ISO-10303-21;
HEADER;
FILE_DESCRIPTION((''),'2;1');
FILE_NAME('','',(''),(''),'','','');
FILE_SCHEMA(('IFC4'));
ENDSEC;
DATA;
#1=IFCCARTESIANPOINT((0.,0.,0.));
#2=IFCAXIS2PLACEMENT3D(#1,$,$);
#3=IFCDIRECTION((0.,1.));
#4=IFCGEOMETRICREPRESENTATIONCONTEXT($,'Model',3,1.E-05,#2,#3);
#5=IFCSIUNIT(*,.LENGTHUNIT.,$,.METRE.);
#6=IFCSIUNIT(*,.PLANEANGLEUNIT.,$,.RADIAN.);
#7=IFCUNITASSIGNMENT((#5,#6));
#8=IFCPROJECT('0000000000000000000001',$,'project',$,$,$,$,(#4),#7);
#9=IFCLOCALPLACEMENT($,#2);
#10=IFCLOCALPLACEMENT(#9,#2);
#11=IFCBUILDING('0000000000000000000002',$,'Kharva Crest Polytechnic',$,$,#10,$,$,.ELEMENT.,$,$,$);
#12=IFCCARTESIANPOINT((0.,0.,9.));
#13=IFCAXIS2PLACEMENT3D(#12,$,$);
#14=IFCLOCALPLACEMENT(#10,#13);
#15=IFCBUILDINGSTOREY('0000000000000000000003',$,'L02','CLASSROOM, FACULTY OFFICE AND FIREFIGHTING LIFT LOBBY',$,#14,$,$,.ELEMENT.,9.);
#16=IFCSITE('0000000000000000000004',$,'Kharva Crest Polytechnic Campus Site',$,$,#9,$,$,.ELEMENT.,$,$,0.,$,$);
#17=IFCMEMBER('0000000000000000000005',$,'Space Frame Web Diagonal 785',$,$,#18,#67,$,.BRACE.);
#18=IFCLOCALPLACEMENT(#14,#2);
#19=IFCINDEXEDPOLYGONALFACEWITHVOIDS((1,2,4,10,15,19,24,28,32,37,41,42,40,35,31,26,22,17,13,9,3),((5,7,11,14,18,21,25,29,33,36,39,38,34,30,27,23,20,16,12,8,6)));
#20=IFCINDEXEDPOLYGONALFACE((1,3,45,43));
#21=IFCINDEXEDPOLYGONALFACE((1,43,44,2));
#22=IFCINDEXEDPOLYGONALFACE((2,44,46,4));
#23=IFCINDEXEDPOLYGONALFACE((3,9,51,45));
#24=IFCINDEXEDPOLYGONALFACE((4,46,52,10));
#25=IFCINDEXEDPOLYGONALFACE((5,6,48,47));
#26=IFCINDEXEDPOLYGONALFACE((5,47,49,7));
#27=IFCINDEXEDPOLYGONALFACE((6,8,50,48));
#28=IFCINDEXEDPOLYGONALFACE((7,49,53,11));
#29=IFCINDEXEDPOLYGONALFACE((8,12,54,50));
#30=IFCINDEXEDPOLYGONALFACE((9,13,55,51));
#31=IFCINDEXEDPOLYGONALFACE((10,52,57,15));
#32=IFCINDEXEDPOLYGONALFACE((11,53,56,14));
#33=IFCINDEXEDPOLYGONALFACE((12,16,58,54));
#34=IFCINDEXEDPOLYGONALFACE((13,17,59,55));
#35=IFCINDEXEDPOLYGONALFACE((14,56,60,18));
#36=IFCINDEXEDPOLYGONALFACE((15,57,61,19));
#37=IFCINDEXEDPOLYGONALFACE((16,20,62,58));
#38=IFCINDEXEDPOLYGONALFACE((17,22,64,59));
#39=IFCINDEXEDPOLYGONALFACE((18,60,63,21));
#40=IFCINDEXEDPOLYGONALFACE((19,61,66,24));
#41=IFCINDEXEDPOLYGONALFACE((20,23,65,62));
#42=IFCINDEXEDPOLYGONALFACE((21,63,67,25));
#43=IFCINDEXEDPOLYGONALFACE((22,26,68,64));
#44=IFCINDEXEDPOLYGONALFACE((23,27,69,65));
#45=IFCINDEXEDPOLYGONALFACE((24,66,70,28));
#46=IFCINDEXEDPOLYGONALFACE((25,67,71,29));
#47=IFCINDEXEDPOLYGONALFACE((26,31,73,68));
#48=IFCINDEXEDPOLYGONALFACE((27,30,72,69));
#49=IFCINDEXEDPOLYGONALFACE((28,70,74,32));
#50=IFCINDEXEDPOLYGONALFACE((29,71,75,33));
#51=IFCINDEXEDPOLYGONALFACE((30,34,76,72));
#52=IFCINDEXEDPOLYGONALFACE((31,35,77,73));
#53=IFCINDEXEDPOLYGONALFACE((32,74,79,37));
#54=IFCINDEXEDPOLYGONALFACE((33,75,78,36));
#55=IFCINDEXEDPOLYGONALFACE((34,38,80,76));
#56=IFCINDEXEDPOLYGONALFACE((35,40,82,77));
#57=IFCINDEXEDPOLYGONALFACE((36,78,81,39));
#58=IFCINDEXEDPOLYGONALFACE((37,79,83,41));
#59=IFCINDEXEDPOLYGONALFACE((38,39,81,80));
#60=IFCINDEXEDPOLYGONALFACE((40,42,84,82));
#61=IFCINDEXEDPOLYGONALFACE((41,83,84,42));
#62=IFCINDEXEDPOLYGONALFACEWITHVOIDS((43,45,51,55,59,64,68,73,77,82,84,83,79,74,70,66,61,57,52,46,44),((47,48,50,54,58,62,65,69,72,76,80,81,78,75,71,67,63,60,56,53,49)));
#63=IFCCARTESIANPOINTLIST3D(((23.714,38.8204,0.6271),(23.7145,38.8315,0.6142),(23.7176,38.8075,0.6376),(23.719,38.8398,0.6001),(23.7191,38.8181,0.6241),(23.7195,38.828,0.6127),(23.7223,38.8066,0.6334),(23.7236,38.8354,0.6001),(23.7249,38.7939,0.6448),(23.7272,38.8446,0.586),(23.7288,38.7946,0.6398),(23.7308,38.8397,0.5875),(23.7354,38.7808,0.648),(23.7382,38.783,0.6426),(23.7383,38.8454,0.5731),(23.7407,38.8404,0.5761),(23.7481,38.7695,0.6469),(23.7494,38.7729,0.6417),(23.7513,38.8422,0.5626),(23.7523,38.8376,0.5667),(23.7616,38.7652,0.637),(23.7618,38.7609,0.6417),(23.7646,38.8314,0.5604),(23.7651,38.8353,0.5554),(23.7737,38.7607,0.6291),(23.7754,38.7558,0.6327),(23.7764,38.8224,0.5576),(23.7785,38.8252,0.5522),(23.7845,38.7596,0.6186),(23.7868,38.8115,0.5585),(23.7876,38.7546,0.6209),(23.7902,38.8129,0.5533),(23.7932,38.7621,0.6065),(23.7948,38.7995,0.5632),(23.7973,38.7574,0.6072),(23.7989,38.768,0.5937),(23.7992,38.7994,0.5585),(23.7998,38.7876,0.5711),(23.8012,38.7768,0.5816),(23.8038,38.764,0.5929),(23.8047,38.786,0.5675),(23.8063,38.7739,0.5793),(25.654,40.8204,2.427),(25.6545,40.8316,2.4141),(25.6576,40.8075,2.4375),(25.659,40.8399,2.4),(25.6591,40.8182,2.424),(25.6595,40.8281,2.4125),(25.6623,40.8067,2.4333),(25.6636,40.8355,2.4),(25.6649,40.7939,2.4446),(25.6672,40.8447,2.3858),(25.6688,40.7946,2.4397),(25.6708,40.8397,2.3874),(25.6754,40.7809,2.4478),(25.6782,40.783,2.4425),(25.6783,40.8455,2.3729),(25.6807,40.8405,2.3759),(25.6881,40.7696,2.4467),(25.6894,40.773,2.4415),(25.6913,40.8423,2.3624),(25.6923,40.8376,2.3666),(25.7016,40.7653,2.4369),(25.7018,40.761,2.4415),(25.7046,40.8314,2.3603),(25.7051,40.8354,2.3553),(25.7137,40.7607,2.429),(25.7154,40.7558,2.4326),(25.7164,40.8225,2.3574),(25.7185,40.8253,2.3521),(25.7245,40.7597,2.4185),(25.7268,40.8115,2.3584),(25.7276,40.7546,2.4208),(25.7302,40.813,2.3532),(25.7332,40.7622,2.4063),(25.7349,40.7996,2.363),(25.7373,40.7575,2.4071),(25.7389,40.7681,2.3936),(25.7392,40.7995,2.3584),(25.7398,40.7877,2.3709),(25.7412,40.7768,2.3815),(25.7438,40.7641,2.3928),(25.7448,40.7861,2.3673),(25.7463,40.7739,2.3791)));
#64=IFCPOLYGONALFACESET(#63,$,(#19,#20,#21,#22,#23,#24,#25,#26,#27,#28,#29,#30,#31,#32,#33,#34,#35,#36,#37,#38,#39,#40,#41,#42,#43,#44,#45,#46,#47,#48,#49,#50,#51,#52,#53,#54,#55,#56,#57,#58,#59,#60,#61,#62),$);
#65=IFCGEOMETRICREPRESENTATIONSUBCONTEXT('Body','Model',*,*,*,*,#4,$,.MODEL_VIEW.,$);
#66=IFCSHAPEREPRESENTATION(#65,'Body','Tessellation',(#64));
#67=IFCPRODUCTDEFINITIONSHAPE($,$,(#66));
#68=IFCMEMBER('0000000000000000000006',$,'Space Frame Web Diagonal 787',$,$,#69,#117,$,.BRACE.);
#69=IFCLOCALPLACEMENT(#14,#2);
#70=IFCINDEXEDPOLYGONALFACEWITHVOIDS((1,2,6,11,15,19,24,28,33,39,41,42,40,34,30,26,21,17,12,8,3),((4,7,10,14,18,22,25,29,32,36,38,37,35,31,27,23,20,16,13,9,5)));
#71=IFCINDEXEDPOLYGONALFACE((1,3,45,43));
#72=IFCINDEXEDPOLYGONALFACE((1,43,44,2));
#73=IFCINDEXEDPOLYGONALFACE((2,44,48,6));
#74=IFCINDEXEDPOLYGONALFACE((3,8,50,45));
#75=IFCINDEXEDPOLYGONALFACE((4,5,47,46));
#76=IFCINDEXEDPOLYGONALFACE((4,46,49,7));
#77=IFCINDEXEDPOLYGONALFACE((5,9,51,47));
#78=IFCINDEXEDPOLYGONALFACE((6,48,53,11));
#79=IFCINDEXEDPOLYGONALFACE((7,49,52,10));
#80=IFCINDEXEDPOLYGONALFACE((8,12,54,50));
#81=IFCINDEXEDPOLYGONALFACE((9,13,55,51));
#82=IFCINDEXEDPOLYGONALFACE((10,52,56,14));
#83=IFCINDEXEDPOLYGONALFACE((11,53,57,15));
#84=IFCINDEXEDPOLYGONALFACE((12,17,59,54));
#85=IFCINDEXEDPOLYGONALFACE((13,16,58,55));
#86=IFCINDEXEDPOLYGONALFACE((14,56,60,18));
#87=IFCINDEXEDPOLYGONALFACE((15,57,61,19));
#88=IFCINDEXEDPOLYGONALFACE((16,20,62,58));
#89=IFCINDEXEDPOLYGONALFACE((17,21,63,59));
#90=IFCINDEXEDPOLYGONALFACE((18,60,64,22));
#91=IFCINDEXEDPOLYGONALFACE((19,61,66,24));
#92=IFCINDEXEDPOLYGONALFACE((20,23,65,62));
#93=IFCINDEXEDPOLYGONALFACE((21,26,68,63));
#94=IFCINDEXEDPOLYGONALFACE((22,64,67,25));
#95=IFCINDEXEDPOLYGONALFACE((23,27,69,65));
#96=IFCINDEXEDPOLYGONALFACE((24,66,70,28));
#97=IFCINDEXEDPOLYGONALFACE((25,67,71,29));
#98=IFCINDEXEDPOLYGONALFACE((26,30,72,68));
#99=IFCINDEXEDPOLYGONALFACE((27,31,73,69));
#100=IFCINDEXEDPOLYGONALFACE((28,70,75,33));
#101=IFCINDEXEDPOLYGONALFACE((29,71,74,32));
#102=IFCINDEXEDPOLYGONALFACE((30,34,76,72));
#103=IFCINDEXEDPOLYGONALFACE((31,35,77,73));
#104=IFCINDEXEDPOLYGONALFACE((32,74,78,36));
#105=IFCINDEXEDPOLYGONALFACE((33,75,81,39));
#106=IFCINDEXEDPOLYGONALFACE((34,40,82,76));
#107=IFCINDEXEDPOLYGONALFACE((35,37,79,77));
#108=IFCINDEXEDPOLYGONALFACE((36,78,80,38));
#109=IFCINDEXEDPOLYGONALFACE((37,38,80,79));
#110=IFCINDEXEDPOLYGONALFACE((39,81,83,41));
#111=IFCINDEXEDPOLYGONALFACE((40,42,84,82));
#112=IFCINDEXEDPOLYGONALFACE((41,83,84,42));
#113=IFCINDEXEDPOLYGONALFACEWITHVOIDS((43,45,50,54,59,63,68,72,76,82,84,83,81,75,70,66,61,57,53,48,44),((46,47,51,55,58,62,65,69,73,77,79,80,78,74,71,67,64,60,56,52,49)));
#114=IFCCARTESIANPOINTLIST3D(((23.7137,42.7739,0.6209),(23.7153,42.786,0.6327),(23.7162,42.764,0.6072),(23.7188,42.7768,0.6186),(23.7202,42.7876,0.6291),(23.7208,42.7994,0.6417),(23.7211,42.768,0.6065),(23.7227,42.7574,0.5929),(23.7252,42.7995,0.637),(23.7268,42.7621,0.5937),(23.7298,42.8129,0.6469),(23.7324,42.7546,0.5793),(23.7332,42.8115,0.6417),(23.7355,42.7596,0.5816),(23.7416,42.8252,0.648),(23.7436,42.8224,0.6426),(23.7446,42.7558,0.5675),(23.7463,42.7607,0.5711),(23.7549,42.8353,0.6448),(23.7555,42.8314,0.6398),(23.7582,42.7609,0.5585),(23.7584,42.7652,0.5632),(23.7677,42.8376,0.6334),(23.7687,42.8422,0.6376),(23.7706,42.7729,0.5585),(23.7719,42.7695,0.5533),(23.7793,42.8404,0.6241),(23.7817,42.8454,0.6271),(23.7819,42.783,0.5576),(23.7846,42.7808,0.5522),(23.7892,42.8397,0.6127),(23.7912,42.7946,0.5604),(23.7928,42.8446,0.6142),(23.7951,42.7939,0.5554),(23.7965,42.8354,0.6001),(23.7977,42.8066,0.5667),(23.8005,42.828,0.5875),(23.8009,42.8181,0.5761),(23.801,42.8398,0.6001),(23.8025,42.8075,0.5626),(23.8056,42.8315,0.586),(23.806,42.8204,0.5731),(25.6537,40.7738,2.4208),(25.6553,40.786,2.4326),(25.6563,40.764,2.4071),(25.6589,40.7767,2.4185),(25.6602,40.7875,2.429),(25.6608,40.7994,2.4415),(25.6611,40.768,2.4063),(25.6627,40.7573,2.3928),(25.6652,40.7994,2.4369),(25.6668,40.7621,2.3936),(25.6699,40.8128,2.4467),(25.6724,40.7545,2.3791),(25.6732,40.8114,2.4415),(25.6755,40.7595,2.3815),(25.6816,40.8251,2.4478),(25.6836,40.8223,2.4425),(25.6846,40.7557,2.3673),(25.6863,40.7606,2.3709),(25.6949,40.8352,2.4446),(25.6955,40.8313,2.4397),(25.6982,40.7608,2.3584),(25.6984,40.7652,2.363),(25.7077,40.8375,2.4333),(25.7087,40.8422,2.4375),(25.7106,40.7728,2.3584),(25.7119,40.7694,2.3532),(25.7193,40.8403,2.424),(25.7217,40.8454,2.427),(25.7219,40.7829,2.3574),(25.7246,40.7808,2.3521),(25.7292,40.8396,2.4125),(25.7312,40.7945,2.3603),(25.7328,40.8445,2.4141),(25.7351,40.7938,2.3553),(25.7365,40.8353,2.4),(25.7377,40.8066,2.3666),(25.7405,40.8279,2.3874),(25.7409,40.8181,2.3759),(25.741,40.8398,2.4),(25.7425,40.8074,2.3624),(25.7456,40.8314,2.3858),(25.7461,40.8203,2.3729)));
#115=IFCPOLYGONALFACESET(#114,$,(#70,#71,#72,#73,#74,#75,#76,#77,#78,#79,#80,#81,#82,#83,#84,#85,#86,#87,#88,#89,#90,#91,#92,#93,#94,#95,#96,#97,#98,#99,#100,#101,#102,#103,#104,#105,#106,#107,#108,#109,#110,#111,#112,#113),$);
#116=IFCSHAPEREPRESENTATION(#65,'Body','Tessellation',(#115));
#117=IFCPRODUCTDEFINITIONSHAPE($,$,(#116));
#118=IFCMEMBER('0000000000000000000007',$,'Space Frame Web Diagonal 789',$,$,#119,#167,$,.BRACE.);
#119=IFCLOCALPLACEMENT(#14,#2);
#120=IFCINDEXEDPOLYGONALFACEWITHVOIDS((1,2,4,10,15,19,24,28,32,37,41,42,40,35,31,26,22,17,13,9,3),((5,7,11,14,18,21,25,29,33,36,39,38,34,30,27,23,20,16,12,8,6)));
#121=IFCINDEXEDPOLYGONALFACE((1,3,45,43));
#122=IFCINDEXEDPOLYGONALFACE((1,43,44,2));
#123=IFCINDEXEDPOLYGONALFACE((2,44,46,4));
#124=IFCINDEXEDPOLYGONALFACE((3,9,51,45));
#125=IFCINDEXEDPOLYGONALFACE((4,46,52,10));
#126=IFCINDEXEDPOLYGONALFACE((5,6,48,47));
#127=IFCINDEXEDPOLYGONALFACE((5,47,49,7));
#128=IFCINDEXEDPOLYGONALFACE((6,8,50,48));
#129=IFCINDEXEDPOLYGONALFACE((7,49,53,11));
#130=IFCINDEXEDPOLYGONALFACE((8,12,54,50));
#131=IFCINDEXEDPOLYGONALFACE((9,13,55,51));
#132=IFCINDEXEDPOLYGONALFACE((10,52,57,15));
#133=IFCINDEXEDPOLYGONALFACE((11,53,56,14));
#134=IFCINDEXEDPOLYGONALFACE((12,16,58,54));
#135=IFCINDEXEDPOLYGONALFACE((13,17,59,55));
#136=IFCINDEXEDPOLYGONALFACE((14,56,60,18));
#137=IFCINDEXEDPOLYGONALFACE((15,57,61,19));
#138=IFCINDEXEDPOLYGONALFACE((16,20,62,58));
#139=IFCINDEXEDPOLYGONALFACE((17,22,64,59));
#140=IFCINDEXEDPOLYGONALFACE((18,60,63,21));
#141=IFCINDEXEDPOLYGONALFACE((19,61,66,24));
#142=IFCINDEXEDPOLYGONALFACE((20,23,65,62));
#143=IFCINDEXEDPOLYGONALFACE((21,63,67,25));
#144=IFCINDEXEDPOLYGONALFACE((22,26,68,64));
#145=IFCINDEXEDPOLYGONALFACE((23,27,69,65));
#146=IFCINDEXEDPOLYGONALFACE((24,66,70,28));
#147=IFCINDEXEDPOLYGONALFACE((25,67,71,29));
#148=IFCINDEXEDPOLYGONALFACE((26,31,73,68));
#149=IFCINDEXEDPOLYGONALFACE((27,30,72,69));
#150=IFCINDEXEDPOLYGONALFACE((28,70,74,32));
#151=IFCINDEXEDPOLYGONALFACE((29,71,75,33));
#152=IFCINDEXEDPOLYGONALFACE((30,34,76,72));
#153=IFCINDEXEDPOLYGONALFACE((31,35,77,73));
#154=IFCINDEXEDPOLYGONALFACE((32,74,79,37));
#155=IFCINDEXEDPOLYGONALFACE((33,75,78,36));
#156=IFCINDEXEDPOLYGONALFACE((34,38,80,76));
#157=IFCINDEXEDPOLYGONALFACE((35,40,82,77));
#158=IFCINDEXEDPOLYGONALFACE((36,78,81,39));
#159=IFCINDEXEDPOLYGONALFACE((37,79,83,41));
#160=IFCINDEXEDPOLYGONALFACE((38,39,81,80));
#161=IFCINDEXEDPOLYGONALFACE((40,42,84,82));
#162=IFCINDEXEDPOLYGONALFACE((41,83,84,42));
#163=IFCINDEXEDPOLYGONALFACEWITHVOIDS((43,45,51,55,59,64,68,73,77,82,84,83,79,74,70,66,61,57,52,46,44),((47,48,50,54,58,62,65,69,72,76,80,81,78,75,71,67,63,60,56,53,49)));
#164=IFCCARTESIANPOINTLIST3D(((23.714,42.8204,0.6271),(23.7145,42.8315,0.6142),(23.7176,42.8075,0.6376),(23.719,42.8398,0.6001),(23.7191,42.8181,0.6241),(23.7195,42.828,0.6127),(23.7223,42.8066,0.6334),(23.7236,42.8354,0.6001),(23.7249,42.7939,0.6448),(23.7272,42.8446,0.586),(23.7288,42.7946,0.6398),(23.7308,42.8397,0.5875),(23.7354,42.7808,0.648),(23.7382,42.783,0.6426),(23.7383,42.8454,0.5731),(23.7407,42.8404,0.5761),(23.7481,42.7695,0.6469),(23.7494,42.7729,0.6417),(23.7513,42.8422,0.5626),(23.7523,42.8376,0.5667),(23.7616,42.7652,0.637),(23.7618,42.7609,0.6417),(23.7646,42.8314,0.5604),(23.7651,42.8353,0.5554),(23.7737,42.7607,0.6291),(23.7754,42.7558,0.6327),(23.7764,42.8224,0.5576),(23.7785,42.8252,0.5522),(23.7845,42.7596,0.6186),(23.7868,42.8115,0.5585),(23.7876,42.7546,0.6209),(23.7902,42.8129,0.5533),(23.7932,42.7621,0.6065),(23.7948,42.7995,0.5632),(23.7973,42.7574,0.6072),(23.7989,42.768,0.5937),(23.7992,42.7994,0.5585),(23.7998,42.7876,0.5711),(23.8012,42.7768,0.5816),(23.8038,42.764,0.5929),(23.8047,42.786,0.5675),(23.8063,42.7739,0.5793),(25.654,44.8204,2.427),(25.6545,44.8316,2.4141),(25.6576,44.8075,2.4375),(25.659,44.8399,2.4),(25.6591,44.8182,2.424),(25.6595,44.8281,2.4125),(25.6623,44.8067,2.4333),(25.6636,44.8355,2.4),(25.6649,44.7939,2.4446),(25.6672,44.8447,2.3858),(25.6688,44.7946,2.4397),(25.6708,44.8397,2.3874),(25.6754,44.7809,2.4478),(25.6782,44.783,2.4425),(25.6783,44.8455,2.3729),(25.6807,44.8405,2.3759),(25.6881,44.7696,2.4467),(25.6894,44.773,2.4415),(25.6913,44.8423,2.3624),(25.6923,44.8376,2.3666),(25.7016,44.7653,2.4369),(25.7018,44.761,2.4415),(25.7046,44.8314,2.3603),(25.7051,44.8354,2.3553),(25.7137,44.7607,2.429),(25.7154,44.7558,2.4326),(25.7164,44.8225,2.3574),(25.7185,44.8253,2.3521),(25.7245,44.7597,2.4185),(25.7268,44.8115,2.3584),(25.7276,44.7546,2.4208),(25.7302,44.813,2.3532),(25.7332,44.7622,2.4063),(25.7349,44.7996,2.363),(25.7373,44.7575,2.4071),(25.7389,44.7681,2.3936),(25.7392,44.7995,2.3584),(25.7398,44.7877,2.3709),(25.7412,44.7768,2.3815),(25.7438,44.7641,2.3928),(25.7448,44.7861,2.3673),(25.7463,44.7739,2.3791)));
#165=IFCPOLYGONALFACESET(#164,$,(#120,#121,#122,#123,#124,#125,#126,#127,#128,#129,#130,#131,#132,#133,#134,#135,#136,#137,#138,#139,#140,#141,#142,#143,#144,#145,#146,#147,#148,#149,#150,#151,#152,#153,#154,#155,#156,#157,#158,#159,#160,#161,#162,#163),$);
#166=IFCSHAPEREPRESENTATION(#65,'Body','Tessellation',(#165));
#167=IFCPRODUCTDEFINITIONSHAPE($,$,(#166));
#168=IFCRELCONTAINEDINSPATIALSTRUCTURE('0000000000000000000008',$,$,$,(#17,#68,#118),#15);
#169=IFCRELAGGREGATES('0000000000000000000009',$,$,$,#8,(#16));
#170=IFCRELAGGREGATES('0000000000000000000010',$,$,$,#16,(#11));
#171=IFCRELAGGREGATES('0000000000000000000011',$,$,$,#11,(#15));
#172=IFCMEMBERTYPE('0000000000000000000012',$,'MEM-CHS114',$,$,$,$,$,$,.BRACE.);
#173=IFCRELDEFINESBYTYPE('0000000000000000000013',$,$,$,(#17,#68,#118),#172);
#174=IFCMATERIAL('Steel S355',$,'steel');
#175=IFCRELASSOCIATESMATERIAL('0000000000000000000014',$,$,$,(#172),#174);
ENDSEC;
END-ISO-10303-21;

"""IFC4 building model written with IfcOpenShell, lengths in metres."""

from ifc_helpers import new_model, si_unit, direction, frame, origin, origin_2d, place, context, subcontext, project, spatial, hollow_circle, extrude, material, material_profile, profile_set, type_object, element, save


model = new_model("IFC4")

# Units and contexts
model_context = context("Model", 3, precision=1e-05, world=origin(), true_north=direction((0.0, 1.0)))
body_context = subcontext(model_context, "Body", "Model", "MODEL_VIEW")
ifc_project = project(units=[si_unit("LENGTHUNIT", "METRE"), si_unit("PLANEANGLEUNIT", "RADIAN")], contexts=[model_context])

# Site, building, storey
site_placement = place(None, origin())
site = spatial("IfcSite", under=ifc_project, at=site_placement, Name="Kharva Crest Polytechnic Campus Site", CompositionType="ELEMENT", RefElevation=0.0)
building_placement = place(site_placement, origin())
building = spatial("IfcBuilding", under=site, at=building_placement, Name="Kharva Crest Polytechnic", CompositionType="ELEMENT")
storey_placement = place(building_placement, frame((0.0, 0.0, 9.0)))
storey = spatial("IfcBuildingStorey", under=building, at=storey_placement, Name="L02", Description="CLASSROOM, FACULTY OFFICE AND FIREFIGHTING LIFT LOBBY", CompositionType="ELEMENT", Elevation=9.0)

# Members
ifc_material = material(Name="Steel S355", Category="steel")
ifc_material_profile_1 = material_profile(ifc_material, hollow_circle(Radius=0.0571, WallThickness=0.0063, at=origin_2d()), Name="CHS 114.3X6.3")
ifc_profile_set_1 = profile_set([ifc_material_profile_1], Name="Steel S355")
member_type_1 = type_object("IfcMemberType", Name="MEM-CHS114", PredefinedType="BRACE", material=ifc_profile_set_1)
for number, where, z_axis, x_axis, name in (
    (1, (23.76, 38.8, 0.6001), (0.584843, 0.60295, 0.542596), (-0.717802, 0.696247, 0.0), "Space Frame Web Diagonal 785"),
    (2, (23.76, 42.8, 0.6001), (0.584843, -0.60295, 0.542596), (0.717802, 0.696247, 0.0), "Space Frame Web Diagonal 787"),
    (3, (23.76, 42.8, 0.6001), (0.584843, 0.60295, 0.542596), (-0.717802, 0.696247, 0.0), "Space Frame Web Diagonal 789"),
):
    element("IfcMember", number, at=place(storey_placement, frame(where, z_axis=z_axis, x_axis=x_axis)), inside=storey, type_object=member_type_1, Name=name, PredefinedType="BRACE", context=body_context, shape_type="SweptSolid", body=[
        extrude(hollow_circle(Radius=0.0571, WallThickness=0.0063, at=origin_2d()), origin(), (0.0, 0.0, 1.0), 3.3171),
    ])

save(model, "model.ifc")
